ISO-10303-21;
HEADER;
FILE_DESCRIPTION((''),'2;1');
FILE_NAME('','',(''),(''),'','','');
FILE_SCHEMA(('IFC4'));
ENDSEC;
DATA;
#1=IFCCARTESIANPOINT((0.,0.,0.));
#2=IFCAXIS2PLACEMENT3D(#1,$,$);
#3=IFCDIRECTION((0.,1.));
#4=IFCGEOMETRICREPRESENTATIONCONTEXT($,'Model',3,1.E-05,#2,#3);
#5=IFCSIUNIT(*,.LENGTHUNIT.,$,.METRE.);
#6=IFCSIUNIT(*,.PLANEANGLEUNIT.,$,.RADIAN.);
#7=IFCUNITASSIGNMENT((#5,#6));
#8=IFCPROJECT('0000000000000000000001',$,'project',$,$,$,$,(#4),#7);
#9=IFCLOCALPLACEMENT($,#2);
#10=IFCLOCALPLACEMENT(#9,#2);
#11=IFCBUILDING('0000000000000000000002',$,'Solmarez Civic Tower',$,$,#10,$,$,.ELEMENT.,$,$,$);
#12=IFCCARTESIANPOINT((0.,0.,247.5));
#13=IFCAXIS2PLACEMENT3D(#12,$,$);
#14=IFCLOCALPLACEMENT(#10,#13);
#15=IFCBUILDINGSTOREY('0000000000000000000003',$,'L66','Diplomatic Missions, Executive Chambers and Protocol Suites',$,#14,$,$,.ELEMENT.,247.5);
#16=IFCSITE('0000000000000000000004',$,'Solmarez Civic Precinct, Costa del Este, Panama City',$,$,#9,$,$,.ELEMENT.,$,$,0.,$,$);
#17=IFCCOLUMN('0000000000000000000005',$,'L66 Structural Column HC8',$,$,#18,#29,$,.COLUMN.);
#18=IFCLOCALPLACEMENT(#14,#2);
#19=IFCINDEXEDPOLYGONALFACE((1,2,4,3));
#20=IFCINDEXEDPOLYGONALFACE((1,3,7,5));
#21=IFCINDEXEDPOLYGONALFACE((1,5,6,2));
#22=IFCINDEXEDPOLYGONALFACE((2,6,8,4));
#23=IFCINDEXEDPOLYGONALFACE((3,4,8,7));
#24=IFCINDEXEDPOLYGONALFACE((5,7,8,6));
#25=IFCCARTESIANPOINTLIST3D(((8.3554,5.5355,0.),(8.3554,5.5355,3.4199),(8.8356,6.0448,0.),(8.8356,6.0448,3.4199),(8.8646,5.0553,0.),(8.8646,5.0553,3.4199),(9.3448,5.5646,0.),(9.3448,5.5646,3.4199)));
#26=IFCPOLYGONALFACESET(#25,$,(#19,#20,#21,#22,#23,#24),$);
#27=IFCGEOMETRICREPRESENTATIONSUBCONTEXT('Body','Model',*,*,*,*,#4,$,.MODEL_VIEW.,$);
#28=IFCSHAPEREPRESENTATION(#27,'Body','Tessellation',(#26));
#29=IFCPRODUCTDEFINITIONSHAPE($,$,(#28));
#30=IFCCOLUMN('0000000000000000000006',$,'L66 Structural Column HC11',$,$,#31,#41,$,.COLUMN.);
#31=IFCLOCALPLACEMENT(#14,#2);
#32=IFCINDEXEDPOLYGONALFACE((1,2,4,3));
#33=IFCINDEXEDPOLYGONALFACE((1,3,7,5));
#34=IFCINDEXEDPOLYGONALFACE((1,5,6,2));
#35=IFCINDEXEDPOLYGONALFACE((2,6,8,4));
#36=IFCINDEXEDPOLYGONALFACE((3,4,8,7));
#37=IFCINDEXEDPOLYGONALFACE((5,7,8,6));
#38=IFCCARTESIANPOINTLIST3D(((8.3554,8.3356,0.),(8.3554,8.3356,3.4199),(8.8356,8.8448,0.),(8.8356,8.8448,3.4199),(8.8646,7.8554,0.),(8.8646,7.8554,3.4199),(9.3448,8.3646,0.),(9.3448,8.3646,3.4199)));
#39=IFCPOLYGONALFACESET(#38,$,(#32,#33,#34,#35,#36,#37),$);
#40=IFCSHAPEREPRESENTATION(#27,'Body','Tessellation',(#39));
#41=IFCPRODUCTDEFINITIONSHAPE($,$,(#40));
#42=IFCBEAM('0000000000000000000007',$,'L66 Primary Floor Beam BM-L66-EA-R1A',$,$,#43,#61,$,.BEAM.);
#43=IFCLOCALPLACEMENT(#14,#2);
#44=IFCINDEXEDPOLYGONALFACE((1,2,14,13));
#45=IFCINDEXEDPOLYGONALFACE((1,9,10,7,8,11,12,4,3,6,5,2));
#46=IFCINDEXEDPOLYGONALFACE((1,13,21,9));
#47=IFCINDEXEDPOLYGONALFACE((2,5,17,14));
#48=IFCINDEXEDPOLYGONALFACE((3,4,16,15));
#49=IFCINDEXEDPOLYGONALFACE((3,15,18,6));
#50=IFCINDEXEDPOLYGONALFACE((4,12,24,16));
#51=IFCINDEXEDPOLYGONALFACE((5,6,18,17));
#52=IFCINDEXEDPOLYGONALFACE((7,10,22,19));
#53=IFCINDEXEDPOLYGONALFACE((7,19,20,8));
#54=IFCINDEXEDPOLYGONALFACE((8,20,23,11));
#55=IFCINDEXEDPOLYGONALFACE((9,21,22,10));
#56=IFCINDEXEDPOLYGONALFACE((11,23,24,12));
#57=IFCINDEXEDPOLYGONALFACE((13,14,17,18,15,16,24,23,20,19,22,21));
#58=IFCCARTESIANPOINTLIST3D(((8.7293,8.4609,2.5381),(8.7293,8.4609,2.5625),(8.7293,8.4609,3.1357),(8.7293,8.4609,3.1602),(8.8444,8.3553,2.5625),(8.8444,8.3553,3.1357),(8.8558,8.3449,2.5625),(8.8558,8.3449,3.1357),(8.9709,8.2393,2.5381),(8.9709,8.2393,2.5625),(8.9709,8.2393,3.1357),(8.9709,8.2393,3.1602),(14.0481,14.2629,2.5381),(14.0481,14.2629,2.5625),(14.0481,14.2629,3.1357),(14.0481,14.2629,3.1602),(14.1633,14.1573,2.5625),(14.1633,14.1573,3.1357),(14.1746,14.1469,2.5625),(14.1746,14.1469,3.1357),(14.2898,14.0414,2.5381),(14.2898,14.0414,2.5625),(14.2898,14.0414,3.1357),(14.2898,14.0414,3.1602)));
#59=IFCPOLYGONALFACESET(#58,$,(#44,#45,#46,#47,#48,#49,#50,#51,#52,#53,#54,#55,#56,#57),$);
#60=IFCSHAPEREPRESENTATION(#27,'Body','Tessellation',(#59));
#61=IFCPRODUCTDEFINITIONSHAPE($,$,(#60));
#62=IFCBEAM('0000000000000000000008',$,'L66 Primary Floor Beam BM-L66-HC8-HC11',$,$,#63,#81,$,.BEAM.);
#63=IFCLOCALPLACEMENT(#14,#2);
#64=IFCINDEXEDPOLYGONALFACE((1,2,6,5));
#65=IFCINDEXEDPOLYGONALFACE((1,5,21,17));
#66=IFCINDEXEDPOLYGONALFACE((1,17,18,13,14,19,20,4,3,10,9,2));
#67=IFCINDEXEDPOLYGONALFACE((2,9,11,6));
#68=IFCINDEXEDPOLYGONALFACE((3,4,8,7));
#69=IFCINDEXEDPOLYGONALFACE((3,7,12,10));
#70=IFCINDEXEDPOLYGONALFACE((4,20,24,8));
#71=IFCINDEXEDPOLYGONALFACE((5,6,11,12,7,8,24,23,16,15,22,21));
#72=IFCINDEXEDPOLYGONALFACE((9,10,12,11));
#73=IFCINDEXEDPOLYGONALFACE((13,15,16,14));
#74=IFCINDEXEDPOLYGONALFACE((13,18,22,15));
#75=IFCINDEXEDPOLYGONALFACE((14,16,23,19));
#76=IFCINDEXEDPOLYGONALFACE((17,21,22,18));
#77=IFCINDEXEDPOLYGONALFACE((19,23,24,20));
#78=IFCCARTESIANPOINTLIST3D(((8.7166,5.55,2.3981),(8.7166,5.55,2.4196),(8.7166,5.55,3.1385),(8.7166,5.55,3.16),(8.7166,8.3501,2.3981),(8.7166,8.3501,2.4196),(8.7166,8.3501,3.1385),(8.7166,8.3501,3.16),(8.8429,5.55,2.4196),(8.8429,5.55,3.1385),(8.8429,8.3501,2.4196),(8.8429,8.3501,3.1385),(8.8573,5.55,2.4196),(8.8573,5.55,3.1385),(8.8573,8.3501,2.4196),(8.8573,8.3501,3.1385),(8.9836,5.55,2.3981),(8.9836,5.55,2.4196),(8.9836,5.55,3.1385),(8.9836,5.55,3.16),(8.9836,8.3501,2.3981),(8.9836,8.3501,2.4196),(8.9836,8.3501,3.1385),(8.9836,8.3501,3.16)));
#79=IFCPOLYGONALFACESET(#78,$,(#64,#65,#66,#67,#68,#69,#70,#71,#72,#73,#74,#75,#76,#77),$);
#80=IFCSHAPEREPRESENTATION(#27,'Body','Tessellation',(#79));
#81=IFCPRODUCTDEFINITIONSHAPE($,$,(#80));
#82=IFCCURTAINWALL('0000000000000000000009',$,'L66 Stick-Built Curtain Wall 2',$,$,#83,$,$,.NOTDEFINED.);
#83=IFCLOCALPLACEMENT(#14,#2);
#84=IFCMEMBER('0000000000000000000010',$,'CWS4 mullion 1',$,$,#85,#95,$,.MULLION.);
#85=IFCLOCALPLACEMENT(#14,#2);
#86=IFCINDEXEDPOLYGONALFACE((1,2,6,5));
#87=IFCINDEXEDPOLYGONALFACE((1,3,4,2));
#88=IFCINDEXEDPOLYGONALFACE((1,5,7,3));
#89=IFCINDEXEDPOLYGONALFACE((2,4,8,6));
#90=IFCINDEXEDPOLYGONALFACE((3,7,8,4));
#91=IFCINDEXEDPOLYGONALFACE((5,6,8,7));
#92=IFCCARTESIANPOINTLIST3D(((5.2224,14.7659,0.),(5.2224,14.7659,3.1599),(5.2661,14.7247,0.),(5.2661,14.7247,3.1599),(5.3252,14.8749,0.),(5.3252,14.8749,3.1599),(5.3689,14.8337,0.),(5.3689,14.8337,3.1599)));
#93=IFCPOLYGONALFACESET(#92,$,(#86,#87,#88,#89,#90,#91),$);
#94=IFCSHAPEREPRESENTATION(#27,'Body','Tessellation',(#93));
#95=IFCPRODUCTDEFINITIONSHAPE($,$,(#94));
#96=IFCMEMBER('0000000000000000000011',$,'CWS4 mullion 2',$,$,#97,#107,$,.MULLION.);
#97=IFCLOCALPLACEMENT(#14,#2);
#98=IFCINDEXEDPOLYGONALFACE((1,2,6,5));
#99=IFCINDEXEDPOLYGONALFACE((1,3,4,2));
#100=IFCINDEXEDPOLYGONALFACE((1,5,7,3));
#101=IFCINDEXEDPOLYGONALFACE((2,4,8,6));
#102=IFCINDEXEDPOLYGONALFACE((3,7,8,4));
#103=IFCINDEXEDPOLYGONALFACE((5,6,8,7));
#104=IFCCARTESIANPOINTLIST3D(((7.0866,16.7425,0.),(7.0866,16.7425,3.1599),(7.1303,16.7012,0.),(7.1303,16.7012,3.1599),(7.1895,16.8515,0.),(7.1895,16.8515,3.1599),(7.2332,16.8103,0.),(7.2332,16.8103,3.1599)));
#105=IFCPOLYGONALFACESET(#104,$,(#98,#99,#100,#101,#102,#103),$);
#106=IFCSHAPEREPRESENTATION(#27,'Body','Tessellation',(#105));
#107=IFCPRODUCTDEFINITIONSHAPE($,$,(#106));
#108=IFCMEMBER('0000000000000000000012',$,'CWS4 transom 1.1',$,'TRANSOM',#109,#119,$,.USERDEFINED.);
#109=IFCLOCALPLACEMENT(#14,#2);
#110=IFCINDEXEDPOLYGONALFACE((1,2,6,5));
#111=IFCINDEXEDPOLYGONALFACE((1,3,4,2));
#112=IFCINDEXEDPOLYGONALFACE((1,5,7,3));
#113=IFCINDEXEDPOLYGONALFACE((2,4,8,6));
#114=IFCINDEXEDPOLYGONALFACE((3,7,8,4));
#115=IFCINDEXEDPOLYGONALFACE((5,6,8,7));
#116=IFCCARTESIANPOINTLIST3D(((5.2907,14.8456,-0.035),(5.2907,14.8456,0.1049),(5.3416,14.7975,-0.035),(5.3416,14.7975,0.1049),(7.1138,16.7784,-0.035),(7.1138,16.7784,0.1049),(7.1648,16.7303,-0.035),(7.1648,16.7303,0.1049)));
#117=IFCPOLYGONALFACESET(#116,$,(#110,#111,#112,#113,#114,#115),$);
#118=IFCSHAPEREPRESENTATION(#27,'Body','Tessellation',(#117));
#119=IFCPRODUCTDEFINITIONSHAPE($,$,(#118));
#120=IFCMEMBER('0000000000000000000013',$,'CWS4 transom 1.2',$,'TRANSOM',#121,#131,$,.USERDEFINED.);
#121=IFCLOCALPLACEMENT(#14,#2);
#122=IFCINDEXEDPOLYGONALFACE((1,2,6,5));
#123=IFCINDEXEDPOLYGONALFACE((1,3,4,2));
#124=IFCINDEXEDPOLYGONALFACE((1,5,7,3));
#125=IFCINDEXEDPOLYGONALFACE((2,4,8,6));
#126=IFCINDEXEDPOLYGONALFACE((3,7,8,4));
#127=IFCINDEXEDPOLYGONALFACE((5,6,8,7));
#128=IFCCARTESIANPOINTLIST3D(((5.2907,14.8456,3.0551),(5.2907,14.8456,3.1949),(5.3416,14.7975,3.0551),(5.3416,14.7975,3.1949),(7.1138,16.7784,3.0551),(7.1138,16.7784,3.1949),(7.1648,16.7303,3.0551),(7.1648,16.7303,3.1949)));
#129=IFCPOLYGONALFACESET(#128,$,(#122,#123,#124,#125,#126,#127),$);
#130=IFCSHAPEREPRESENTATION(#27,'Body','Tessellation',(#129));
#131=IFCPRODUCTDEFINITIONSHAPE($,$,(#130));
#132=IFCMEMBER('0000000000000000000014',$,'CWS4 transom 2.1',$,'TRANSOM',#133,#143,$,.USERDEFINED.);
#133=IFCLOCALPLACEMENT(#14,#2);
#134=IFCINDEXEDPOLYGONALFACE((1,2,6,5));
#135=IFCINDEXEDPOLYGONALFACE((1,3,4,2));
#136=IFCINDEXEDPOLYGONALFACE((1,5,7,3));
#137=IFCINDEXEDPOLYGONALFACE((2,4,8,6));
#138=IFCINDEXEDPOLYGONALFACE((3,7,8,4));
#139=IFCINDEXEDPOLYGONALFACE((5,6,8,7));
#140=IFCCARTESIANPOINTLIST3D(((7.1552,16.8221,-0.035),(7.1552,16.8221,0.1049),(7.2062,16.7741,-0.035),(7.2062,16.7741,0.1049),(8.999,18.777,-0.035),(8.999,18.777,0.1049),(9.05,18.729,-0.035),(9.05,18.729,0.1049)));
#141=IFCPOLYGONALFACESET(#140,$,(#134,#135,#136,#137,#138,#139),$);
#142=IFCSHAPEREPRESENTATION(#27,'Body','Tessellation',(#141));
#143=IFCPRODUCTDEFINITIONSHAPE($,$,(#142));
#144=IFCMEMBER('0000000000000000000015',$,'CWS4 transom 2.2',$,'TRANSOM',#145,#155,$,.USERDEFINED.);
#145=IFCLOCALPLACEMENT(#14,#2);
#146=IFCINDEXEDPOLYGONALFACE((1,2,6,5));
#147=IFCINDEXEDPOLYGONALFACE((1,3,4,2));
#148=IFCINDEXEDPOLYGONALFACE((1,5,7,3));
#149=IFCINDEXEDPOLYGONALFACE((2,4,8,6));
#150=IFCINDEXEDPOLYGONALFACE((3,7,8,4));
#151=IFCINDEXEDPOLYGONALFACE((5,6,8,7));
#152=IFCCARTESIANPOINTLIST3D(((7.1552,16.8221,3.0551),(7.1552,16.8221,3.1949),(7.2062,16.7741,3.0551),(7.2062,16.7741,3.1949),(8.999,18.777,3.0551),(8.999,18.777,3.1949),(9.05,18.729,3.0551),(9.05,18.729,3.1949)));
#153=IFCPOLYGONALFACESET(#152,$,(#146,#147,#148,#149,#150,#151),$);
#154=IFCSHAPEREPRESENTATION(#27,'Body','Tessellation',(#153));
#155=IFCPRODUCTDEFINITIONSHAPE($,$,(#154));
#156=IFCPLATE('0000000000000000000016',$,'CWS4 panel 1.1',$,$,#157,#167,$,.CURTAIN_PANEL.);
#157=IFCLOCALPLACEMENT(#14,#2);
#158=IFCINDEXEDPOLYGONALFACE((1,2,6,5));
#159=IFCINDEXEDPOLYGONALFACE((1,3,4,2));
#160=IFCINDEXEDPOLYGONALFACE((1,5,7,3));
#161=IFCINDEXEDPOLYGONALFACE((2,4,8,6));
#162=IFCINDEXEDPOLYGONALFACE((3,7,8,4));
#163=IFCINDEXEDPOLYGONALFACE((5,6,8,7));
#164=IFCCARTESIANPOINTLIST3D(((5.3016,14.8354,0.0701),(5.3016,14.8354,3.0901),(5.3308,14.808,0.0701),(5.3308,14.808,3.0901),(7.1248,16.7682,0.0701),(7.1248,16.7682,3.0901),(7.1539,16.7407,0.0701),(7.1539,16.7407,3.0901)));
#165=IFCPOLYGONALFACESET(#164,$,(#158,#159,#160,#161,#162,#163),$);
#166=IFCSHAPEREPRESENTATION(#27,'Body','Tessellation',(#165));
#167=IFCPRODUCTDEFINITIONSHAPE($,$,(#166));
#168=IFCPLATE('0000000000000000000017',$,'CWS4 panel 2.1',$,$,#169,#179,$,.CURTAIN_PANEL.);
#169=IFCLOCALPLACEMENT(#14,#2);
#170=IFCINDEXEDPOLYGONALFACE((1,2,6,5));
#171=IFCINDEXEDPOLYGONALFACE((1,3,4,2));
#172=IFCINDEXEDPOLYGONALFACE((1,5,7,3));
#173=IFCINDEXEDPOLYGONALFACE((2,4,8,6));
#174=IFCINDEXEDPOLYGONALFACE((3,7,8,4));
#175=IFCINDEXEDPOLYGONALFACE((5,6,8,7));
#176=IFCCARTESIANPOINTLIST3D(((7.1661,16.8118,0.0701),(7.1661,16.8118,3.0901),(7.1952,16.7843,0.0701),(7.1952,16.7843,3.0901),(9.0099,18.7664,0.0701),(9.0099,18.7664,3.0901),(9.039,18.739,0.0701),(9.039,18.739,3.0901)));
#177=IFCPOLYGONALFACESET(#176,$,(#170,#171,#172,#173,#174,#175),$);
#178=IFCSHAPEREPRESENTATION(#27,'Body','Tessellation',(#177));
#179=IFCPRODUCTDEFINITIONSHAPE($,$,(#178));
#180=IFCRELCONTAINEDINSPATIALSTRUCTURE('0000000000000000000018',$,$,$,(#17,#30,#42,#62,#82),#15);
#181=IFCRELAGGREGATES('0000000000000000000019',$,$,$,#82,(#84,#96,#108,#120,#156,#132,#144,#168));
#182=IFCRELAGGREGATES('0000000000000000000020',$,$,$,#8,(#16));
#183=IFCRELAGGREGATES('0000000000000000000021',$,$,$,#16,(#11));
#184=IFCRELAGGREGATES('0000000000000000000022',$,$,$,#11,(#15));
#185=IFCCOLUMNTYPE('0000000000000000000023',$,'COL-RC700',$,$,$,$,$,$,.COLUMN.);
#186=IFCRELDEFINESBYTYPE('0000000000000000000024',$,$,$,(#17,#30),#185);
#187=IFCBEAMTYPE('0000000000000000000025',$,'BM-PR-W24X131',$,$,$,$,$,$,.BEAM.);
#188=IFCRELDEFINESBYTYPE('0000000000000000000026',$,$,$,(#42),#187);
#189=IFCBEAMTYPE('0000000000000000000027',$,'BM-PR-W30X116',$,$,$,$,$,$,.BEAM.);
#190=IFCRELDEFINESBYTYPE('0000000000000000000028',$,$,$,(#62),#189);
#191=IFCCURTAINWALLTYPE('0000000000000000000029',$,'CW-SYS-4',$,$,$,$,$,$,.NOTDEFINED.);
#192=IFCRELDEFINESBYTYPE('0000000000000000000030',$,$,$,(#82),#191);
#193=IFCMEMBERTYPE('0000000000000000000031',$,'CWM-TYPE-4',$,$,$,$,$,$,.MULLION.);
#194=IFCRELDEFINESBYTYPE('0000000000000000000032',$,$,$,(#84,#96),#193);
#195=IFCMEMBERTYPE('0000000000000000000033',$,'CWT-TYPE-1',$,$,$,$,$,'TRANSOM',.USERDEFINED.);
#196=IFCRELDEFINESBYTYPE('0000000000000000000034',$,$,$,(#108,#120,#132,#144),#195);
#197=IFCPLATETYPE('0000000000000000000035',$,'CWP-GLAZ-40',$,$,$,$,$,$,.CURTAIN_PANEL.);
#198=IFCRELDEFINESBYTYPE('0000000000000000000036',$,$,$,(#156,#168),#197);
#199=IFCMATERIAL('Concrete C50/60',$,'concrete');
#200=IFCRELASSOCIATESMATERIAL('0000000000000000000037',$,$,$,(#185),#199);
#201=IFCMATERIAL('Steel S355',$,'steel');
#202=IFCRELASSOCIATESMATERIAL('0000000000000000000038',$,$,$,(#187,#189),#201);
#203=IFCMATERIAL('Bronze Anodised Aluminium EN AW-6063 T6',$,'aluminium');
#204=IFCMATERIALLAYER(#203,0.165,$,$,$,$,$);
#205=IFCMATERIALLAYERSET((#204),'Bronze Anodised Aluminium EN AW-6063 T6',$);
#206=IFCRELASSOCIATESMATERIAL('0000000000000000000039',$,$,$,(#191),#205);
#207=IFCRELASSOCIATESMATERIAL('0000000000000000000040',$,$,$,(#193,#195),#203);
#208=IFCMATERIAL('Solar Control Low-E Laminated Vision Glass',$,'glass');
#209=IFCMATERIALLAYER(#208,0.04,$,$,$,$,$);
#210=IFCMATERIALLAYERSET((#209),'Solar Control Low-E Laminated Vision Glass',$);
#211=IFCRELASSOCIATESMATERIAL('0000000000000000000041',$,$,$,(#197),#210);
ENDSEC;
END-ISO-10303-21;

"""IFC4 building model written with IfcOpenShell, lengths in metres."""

from ifc_helpers import new_model, si_unit, direction, frame, origin, origin_2d, place, context, subcontext, project, spatial, rectangle, i_section, extrude, material, layer, layer_set, material_profile, profile_set, type_object, element, aggregate, save


model = new_model("IFC4")

# Units and contexts
model_context = context("Model", 3, precision=1e-05, world=origin(), true_north=direction((0.0, 1.0)))
body_context = subcontext(model_context, "Body", "Model", "MODEL_VIEW")
ifc_project = project(units=[si_unit("LENGTHUNIT", "METRE"), si_unit("PLANEANGLEUNIT", "RADIAN")], contexts=[model_context])

# Site, building, storey
site_placement = place(None, origin())
site = spatial("IfcSite", under=ifc_project, at=site_placement, Name="Solmarez Civic Precinct, Costa del Este, Panama City", CompositionType="ELEMENT", RefElevation=0.0)
building_placement = place(site_placement, origin())
building = spatial("IfcBuilding", under=site, at=building_placement, Name="Solmarez Civic Tower", CompositionType="ELEMENT")
storey_placement = place(building_placement, frame((0.0, 0.0, 247.5)))
storey = spatial("IfcBuildingStorey", under=building, at=storey_placement, Name="L66", Description="Diplomatic Missions, Executive Chambers and Protocol Suites", CompositionType="ELEMENT", Elevation=247.5)

# Columns
ifc_material_1 = material(Name="Concrete C50/60", Category="concrete")
ifc_material_profile_1 = material_profile(ifc_material_1, rectangle(XDim=0.7, YDim=0.7, at=origin_2d()), Name="RC700X700")
ifc_profile_set_1 = profile_set([ifc_material_profile_1], Name="Concrete C50/60")
column_type = type_object("IfcColumnType", Name="COL-RC700", PredefinedType="COLUMN", material=ifc_profile_set_1)
for number, where, z_axis, x_axis, name in (
    (1, (8.8501, 5.55, 0.0), (0.0, 0.0, 1.0), (0.686072, 0.727533, 0.0), "L66 Structural Column HC8"),
    (2, (8.8501, 8.3501, 0.0), (0.0, 0.0, 1.0), (0.686072, 0.727533, 0.0), "L66 Structural Column HC11"),
):
    element("IfcColumn", number, at=place(storey_placement, frame(where, z_axis=z_axis, x_axis=x_axis)), inside=storey, type_object=column_type, Name=name, PredefinedType="COLUMN", context=body_context, shape_type="SweptSolid", body=[
        extrude(rectangle(XDim=0.7, YDim=0.7, at=origin_2d()), origin(), (0.0, 0.0, 1.0), 3.4199),
    ])

# Beams
ifc_material_2 = material(Name="Steel S355", Category="steel")
ifc_material_profile_2 = material_profile(ifc_material_2, i_section(OverallWidth=0.3279, OverallDepth=0.6221, WebThickness=0.0154, FlangeThickness=0.0244, at=origin_2d()), Name="W24X131")
ifc_profile_set_2 = profile_set([ifc_material_profile_2], Name="Steel S355")
beam_type_1 = type_object("IfcBeamType", Name="BM-PR-W24X131", PredefinedType="BEAM", material=ifc_profile_set_2)
beam_1_placement = place(storey_placement, frame((8.8501, 8.3501, 2.8491), z_axis=(0.675749, 0.737132, 0.0), x_axis=(-0.737132, 0.675749, 0.0)))
element("IfcBeam", 3, at=beam_1_placement, inside=storey, type_object=beam_type_1, Name="L66 Primary Floor Beam BM-L66-EA-R1A", PredefinedType="BEAM", context=body_context, shape_type="SweptSolid", body=[
    extrude(i_section(OverallWidth=0.3279, OverallDepth=0.6221, WebThickness=0.0154, FlangeThickness=0.0244, at=origin_2d()), origin(), (0.0, 0.0, 1.0), 7.8711),
])
ifc_material_profile_3 = material_profile(ifc_material_2, i_section(OverallWidth=0.2671, OverallDepth=0.762, WebThickness=0.0144, FlangeThickness=0.0215, at=origin_2d()), Name="W30X116")
ifc_profile_set_3 = profile_set([ifc_material_profile_3], Name="Steel S355")
beam_type_2 = type_object("IfcBeamType", Name="BM-PR-W30X116", PredefinedType="BEAM", material=ifc_profile_set_3)
beam_2_placement = place(storey_placement, frame((8.8501, 5.55, 2.7791), z_axis=(0.0, 1.0, 0.0), x_axis=(-1.0, 0.0, 0.0)))
element("IfcBeam", 4, at=beam_2_placement, inside=storey, type_object=beam_type_2, Name="L66 Primary Floor Beam BM-L66-HC8-HC11", PredefinedType="BEAM", context=body_context, shape_type="SweptSolid", body=[
    extrude(i_section(OverallWidth=0.2671, OverallDepth=0.762, WebThickness=0.0144, FlangeThickness=0.0215, at=origin_2d()), origin(), (0.0, 0.0, 1.0), 2.8),
])

# Curtain wall, members, plates
ifc_material_3 = material(Name="Bronze Anodised Aluminium EN AW-6063 T6", Category="aluminium")
ifc_layer_1 = layer(ifc_material_3, 0.165)
ifc_layer_set_1 = layer_set([ifc_layer_1], Name="Bronze Anodised Aluminium EN AW-6063 T6")
curtain_wall_type = type_object("IfcCurtainWallType", Name="CW-SYS-4", PredefinedType="NOTDEFINED", material=ifc_layer_set_1)
curtain_wall_placement = place(storey_placement, origin())
curtain_wall = element("IfcCurtainWall", 5, at=curtain_wall_placement, inside=storey, type_object=curtain_wall_type, Name="L66 Stick-Built Curtain Wall 2", PredefinedType="NOTDEFINED")
ifc_material_profile_4 = material_profile(ifc_material_3, rectangle(XDim=0.0601, YDim=0.1499, at=origin_2d()), Name="CWM-60X150")
ifc_profile_set_4 = profile_set([ifc_material_profile_4], Name="Bronze Anodised Aluminium EN AW-6063 T6")
member_type_1 = type_object("IfcMemberType", Name="CWM-TYPE-4", PredefinedType="MULLION", material=ifc_profile_set_4)
member_1_placement = place(storey_placement, frame((5.2957, 14.7998, 0.0), z_axis=(0.0, 0.0, 1.0), x_axis=(-0.727434, 0.686178, 0.0)))
member_1 = element("IfcMember", 6, at=member_1_placement, type_object=member_type_1, Name="CWS4 mullion 1", PredefinedType="MULLION", context=body_context, shape_type="SweptSolid", body=[
    extrude(rectangle(XDim=0.0601, YDim=0.1499, at=origin_2d()), origin(), (0.0, 0.0, 1.0), 3.1599),
])
member_2_placement = place(storey_placement, frame((7.1599, 16.7764, 0.0), z_axis=(0.0, 0.0, 1.0), x_axis=(-0.727434, 0.686178, 0.0)))
member_2 = element("IfcMember", 7, at=member_2_placement, type_object=member_type_1, Name="CWS4 mullion 2", PredefinedType="MULLION", context=body_context, shape_type="SweptSolid", body=[
    extrude(rectangle(XDim=0.0601, YDim=0.1499, at=origin_2d()), origin(), (0.0, 0.0, 1.0), 3.1599),
])
ifc_material_profile_5 = material_profile(ifc_material_3, rectangle(XDim=0.0701, YDim=0.1399, at=origin_2d()), Name="CWT-70X140")
ifc_profile_set_5 = profile_set([ifc_material_profile_5], Name="Bronze Anodised Aluminium EN AW-6063 T6")
member_type_2 = type_object("IfcMemberType", Name="CWT-TYPE-1", ElementType="TRANSOM", PredefinedType="USERDEFINED", material=ifc_profile_set_5)
member_3_placement = place(storey_placement, frame((5.3162, 14.8215, 0.0349), z_axis=(0.686178, 0.727433, 0.0), x_axis=(-0.727433, 0.686178, 0.0)))
member_3 = element("IfcMember", 8, at=member_3_placement, type_object=member_type_2, Name="CWS4 transom 1.1", ObjectType="TRANSOM", PredefinedType="USERDEFINED", context=body_context, shape_type="SweptSolid", body=[
    extrude(rectangle(XDim=0.0701, YDim=0.1399, at=origin_2d()), origin(), (0.0, 0.0, 1.0), 2.657),
])
member_4_placement = place(storey_placement, frame((5.3162, 14.8215, 3.125), z_axis=(0.686178, 0.727433, 0.0), x_axis=(-0.727433, 0.686178, 0.0)))
member_4 = element("IfcMember", 9, at=member_4_placement, type_object=member_type_2, Name="CWS4 transom 1.2", ObjectType="TRANSOM", PredefinedType="USERDEFINED", context=body_context, shape_type="SweptSolid", body=[
    extrude(rectangle(XDim=0.0701, YDim=0.1399, at=origin_2d()), origin(), (0.0, 0.0, 1.0), 2.657),
])
member_5_placement = place(storey_placement, frame((7.1807, 16.7981, 0.0349), z_axis=(0.686135, 0.727474, 0.0), x_axis=(-0.727474, 0.686135, 0.0)))
member_5 = element("IfcMember", 10, at=member_5_placement, type_object=member_type_2, Name="CWS4 transom 2.1", ObjectType="TRANSOM", PredefinedType="USERDEFINED", context=body_context, shape_type="SweptSolid", body=[
    extrude(rectangle(XDim=0.0701, YDim=0.1399, at=origin_2d()), origin(), (0.0, 0.0, 1.0), 2.6873),
])
member_6_placement = place(storey_placement, frame((7.1807, 16.7981, 3.125), z_axis=(0.686135, 0.727474, 0.0), x_axis=(-0.727474, 0.686135, 0.0)))
member_6 = element("IfcMember", 11, at=member_6_placement, type_object=member_type_2, Name="CWS4 transom 2.2", ObjectType="TRANSOM", PredefinedType="USERDEFINED", context=body_context, shape_type="SweptSolid", body=[
    extrude(rectangle(XDim=0.0701, YDim=0.1399, at=origin_2d()), origin(), (0.0, 0.0, 1.0), 2.6873),
])
ifc_material_4 = material(Name="Solar Control Low-E Laminated Vision Glass", Category="glass")
ifc_layer_2 = layer(ifc_material_4, 0.04)
ifc_layer_set_2 = layer_set([ifc_layer_2], Name="Solar Control Low-E Laminated Vision Glass")
plate_type = type_object("IfcPlateType", Name="CWP-GLAZ-40", PredefinedType="CURTAIN_PANEL", material=ifc_layer_set_2)
plate_1_placement = place(storey_placement, frame((6.2278, 15.7881, 0.0701), z_axis=(0.0, 0.0, 1.0), x_axis=(0.686178, 0.727434, 0.0)))
plate_1 = element("IfcPlate", 12, at=plate_1_placement, type_object=plate_type, Name="CWS4 panel 1.1", PredefinedType="CURTAIN_PANEL", context=body_context, shape_type="SweptSolid", body=[
    extrude(rectangle(XDim=2.657, YDim=0.04, at=origin_2d()), origin(), (0.0, 0.0, 1.0), 3.02),
])
plate_2_placement = place(storey_placement, frame((8.1025, 17.7754, 0.0701), z_axis=(0.0, 0.0, 1.0), x_axis=(0.686178, 0.727434, 0.0)))
plate_2 = element("IfcPlate", 13, at=plate_2_placement, type_object=plate_type, Name="CWS4 panel 2.1", PredefinedType="CURTAIN_PANEL", context=body_context, shape_type="SweptSolid", body=[
    extrude(rectangle(XDim=2.687, YDim=0.04, at=origin_2d()), origin(), (0.0, 0.0, 1.0), 3.02),
])
aggregate(curtain_wall, [member_1, member_2, member_3, member_4, plate_1, member_5, member_6, plate_2])

save(model, "model.ifc")
